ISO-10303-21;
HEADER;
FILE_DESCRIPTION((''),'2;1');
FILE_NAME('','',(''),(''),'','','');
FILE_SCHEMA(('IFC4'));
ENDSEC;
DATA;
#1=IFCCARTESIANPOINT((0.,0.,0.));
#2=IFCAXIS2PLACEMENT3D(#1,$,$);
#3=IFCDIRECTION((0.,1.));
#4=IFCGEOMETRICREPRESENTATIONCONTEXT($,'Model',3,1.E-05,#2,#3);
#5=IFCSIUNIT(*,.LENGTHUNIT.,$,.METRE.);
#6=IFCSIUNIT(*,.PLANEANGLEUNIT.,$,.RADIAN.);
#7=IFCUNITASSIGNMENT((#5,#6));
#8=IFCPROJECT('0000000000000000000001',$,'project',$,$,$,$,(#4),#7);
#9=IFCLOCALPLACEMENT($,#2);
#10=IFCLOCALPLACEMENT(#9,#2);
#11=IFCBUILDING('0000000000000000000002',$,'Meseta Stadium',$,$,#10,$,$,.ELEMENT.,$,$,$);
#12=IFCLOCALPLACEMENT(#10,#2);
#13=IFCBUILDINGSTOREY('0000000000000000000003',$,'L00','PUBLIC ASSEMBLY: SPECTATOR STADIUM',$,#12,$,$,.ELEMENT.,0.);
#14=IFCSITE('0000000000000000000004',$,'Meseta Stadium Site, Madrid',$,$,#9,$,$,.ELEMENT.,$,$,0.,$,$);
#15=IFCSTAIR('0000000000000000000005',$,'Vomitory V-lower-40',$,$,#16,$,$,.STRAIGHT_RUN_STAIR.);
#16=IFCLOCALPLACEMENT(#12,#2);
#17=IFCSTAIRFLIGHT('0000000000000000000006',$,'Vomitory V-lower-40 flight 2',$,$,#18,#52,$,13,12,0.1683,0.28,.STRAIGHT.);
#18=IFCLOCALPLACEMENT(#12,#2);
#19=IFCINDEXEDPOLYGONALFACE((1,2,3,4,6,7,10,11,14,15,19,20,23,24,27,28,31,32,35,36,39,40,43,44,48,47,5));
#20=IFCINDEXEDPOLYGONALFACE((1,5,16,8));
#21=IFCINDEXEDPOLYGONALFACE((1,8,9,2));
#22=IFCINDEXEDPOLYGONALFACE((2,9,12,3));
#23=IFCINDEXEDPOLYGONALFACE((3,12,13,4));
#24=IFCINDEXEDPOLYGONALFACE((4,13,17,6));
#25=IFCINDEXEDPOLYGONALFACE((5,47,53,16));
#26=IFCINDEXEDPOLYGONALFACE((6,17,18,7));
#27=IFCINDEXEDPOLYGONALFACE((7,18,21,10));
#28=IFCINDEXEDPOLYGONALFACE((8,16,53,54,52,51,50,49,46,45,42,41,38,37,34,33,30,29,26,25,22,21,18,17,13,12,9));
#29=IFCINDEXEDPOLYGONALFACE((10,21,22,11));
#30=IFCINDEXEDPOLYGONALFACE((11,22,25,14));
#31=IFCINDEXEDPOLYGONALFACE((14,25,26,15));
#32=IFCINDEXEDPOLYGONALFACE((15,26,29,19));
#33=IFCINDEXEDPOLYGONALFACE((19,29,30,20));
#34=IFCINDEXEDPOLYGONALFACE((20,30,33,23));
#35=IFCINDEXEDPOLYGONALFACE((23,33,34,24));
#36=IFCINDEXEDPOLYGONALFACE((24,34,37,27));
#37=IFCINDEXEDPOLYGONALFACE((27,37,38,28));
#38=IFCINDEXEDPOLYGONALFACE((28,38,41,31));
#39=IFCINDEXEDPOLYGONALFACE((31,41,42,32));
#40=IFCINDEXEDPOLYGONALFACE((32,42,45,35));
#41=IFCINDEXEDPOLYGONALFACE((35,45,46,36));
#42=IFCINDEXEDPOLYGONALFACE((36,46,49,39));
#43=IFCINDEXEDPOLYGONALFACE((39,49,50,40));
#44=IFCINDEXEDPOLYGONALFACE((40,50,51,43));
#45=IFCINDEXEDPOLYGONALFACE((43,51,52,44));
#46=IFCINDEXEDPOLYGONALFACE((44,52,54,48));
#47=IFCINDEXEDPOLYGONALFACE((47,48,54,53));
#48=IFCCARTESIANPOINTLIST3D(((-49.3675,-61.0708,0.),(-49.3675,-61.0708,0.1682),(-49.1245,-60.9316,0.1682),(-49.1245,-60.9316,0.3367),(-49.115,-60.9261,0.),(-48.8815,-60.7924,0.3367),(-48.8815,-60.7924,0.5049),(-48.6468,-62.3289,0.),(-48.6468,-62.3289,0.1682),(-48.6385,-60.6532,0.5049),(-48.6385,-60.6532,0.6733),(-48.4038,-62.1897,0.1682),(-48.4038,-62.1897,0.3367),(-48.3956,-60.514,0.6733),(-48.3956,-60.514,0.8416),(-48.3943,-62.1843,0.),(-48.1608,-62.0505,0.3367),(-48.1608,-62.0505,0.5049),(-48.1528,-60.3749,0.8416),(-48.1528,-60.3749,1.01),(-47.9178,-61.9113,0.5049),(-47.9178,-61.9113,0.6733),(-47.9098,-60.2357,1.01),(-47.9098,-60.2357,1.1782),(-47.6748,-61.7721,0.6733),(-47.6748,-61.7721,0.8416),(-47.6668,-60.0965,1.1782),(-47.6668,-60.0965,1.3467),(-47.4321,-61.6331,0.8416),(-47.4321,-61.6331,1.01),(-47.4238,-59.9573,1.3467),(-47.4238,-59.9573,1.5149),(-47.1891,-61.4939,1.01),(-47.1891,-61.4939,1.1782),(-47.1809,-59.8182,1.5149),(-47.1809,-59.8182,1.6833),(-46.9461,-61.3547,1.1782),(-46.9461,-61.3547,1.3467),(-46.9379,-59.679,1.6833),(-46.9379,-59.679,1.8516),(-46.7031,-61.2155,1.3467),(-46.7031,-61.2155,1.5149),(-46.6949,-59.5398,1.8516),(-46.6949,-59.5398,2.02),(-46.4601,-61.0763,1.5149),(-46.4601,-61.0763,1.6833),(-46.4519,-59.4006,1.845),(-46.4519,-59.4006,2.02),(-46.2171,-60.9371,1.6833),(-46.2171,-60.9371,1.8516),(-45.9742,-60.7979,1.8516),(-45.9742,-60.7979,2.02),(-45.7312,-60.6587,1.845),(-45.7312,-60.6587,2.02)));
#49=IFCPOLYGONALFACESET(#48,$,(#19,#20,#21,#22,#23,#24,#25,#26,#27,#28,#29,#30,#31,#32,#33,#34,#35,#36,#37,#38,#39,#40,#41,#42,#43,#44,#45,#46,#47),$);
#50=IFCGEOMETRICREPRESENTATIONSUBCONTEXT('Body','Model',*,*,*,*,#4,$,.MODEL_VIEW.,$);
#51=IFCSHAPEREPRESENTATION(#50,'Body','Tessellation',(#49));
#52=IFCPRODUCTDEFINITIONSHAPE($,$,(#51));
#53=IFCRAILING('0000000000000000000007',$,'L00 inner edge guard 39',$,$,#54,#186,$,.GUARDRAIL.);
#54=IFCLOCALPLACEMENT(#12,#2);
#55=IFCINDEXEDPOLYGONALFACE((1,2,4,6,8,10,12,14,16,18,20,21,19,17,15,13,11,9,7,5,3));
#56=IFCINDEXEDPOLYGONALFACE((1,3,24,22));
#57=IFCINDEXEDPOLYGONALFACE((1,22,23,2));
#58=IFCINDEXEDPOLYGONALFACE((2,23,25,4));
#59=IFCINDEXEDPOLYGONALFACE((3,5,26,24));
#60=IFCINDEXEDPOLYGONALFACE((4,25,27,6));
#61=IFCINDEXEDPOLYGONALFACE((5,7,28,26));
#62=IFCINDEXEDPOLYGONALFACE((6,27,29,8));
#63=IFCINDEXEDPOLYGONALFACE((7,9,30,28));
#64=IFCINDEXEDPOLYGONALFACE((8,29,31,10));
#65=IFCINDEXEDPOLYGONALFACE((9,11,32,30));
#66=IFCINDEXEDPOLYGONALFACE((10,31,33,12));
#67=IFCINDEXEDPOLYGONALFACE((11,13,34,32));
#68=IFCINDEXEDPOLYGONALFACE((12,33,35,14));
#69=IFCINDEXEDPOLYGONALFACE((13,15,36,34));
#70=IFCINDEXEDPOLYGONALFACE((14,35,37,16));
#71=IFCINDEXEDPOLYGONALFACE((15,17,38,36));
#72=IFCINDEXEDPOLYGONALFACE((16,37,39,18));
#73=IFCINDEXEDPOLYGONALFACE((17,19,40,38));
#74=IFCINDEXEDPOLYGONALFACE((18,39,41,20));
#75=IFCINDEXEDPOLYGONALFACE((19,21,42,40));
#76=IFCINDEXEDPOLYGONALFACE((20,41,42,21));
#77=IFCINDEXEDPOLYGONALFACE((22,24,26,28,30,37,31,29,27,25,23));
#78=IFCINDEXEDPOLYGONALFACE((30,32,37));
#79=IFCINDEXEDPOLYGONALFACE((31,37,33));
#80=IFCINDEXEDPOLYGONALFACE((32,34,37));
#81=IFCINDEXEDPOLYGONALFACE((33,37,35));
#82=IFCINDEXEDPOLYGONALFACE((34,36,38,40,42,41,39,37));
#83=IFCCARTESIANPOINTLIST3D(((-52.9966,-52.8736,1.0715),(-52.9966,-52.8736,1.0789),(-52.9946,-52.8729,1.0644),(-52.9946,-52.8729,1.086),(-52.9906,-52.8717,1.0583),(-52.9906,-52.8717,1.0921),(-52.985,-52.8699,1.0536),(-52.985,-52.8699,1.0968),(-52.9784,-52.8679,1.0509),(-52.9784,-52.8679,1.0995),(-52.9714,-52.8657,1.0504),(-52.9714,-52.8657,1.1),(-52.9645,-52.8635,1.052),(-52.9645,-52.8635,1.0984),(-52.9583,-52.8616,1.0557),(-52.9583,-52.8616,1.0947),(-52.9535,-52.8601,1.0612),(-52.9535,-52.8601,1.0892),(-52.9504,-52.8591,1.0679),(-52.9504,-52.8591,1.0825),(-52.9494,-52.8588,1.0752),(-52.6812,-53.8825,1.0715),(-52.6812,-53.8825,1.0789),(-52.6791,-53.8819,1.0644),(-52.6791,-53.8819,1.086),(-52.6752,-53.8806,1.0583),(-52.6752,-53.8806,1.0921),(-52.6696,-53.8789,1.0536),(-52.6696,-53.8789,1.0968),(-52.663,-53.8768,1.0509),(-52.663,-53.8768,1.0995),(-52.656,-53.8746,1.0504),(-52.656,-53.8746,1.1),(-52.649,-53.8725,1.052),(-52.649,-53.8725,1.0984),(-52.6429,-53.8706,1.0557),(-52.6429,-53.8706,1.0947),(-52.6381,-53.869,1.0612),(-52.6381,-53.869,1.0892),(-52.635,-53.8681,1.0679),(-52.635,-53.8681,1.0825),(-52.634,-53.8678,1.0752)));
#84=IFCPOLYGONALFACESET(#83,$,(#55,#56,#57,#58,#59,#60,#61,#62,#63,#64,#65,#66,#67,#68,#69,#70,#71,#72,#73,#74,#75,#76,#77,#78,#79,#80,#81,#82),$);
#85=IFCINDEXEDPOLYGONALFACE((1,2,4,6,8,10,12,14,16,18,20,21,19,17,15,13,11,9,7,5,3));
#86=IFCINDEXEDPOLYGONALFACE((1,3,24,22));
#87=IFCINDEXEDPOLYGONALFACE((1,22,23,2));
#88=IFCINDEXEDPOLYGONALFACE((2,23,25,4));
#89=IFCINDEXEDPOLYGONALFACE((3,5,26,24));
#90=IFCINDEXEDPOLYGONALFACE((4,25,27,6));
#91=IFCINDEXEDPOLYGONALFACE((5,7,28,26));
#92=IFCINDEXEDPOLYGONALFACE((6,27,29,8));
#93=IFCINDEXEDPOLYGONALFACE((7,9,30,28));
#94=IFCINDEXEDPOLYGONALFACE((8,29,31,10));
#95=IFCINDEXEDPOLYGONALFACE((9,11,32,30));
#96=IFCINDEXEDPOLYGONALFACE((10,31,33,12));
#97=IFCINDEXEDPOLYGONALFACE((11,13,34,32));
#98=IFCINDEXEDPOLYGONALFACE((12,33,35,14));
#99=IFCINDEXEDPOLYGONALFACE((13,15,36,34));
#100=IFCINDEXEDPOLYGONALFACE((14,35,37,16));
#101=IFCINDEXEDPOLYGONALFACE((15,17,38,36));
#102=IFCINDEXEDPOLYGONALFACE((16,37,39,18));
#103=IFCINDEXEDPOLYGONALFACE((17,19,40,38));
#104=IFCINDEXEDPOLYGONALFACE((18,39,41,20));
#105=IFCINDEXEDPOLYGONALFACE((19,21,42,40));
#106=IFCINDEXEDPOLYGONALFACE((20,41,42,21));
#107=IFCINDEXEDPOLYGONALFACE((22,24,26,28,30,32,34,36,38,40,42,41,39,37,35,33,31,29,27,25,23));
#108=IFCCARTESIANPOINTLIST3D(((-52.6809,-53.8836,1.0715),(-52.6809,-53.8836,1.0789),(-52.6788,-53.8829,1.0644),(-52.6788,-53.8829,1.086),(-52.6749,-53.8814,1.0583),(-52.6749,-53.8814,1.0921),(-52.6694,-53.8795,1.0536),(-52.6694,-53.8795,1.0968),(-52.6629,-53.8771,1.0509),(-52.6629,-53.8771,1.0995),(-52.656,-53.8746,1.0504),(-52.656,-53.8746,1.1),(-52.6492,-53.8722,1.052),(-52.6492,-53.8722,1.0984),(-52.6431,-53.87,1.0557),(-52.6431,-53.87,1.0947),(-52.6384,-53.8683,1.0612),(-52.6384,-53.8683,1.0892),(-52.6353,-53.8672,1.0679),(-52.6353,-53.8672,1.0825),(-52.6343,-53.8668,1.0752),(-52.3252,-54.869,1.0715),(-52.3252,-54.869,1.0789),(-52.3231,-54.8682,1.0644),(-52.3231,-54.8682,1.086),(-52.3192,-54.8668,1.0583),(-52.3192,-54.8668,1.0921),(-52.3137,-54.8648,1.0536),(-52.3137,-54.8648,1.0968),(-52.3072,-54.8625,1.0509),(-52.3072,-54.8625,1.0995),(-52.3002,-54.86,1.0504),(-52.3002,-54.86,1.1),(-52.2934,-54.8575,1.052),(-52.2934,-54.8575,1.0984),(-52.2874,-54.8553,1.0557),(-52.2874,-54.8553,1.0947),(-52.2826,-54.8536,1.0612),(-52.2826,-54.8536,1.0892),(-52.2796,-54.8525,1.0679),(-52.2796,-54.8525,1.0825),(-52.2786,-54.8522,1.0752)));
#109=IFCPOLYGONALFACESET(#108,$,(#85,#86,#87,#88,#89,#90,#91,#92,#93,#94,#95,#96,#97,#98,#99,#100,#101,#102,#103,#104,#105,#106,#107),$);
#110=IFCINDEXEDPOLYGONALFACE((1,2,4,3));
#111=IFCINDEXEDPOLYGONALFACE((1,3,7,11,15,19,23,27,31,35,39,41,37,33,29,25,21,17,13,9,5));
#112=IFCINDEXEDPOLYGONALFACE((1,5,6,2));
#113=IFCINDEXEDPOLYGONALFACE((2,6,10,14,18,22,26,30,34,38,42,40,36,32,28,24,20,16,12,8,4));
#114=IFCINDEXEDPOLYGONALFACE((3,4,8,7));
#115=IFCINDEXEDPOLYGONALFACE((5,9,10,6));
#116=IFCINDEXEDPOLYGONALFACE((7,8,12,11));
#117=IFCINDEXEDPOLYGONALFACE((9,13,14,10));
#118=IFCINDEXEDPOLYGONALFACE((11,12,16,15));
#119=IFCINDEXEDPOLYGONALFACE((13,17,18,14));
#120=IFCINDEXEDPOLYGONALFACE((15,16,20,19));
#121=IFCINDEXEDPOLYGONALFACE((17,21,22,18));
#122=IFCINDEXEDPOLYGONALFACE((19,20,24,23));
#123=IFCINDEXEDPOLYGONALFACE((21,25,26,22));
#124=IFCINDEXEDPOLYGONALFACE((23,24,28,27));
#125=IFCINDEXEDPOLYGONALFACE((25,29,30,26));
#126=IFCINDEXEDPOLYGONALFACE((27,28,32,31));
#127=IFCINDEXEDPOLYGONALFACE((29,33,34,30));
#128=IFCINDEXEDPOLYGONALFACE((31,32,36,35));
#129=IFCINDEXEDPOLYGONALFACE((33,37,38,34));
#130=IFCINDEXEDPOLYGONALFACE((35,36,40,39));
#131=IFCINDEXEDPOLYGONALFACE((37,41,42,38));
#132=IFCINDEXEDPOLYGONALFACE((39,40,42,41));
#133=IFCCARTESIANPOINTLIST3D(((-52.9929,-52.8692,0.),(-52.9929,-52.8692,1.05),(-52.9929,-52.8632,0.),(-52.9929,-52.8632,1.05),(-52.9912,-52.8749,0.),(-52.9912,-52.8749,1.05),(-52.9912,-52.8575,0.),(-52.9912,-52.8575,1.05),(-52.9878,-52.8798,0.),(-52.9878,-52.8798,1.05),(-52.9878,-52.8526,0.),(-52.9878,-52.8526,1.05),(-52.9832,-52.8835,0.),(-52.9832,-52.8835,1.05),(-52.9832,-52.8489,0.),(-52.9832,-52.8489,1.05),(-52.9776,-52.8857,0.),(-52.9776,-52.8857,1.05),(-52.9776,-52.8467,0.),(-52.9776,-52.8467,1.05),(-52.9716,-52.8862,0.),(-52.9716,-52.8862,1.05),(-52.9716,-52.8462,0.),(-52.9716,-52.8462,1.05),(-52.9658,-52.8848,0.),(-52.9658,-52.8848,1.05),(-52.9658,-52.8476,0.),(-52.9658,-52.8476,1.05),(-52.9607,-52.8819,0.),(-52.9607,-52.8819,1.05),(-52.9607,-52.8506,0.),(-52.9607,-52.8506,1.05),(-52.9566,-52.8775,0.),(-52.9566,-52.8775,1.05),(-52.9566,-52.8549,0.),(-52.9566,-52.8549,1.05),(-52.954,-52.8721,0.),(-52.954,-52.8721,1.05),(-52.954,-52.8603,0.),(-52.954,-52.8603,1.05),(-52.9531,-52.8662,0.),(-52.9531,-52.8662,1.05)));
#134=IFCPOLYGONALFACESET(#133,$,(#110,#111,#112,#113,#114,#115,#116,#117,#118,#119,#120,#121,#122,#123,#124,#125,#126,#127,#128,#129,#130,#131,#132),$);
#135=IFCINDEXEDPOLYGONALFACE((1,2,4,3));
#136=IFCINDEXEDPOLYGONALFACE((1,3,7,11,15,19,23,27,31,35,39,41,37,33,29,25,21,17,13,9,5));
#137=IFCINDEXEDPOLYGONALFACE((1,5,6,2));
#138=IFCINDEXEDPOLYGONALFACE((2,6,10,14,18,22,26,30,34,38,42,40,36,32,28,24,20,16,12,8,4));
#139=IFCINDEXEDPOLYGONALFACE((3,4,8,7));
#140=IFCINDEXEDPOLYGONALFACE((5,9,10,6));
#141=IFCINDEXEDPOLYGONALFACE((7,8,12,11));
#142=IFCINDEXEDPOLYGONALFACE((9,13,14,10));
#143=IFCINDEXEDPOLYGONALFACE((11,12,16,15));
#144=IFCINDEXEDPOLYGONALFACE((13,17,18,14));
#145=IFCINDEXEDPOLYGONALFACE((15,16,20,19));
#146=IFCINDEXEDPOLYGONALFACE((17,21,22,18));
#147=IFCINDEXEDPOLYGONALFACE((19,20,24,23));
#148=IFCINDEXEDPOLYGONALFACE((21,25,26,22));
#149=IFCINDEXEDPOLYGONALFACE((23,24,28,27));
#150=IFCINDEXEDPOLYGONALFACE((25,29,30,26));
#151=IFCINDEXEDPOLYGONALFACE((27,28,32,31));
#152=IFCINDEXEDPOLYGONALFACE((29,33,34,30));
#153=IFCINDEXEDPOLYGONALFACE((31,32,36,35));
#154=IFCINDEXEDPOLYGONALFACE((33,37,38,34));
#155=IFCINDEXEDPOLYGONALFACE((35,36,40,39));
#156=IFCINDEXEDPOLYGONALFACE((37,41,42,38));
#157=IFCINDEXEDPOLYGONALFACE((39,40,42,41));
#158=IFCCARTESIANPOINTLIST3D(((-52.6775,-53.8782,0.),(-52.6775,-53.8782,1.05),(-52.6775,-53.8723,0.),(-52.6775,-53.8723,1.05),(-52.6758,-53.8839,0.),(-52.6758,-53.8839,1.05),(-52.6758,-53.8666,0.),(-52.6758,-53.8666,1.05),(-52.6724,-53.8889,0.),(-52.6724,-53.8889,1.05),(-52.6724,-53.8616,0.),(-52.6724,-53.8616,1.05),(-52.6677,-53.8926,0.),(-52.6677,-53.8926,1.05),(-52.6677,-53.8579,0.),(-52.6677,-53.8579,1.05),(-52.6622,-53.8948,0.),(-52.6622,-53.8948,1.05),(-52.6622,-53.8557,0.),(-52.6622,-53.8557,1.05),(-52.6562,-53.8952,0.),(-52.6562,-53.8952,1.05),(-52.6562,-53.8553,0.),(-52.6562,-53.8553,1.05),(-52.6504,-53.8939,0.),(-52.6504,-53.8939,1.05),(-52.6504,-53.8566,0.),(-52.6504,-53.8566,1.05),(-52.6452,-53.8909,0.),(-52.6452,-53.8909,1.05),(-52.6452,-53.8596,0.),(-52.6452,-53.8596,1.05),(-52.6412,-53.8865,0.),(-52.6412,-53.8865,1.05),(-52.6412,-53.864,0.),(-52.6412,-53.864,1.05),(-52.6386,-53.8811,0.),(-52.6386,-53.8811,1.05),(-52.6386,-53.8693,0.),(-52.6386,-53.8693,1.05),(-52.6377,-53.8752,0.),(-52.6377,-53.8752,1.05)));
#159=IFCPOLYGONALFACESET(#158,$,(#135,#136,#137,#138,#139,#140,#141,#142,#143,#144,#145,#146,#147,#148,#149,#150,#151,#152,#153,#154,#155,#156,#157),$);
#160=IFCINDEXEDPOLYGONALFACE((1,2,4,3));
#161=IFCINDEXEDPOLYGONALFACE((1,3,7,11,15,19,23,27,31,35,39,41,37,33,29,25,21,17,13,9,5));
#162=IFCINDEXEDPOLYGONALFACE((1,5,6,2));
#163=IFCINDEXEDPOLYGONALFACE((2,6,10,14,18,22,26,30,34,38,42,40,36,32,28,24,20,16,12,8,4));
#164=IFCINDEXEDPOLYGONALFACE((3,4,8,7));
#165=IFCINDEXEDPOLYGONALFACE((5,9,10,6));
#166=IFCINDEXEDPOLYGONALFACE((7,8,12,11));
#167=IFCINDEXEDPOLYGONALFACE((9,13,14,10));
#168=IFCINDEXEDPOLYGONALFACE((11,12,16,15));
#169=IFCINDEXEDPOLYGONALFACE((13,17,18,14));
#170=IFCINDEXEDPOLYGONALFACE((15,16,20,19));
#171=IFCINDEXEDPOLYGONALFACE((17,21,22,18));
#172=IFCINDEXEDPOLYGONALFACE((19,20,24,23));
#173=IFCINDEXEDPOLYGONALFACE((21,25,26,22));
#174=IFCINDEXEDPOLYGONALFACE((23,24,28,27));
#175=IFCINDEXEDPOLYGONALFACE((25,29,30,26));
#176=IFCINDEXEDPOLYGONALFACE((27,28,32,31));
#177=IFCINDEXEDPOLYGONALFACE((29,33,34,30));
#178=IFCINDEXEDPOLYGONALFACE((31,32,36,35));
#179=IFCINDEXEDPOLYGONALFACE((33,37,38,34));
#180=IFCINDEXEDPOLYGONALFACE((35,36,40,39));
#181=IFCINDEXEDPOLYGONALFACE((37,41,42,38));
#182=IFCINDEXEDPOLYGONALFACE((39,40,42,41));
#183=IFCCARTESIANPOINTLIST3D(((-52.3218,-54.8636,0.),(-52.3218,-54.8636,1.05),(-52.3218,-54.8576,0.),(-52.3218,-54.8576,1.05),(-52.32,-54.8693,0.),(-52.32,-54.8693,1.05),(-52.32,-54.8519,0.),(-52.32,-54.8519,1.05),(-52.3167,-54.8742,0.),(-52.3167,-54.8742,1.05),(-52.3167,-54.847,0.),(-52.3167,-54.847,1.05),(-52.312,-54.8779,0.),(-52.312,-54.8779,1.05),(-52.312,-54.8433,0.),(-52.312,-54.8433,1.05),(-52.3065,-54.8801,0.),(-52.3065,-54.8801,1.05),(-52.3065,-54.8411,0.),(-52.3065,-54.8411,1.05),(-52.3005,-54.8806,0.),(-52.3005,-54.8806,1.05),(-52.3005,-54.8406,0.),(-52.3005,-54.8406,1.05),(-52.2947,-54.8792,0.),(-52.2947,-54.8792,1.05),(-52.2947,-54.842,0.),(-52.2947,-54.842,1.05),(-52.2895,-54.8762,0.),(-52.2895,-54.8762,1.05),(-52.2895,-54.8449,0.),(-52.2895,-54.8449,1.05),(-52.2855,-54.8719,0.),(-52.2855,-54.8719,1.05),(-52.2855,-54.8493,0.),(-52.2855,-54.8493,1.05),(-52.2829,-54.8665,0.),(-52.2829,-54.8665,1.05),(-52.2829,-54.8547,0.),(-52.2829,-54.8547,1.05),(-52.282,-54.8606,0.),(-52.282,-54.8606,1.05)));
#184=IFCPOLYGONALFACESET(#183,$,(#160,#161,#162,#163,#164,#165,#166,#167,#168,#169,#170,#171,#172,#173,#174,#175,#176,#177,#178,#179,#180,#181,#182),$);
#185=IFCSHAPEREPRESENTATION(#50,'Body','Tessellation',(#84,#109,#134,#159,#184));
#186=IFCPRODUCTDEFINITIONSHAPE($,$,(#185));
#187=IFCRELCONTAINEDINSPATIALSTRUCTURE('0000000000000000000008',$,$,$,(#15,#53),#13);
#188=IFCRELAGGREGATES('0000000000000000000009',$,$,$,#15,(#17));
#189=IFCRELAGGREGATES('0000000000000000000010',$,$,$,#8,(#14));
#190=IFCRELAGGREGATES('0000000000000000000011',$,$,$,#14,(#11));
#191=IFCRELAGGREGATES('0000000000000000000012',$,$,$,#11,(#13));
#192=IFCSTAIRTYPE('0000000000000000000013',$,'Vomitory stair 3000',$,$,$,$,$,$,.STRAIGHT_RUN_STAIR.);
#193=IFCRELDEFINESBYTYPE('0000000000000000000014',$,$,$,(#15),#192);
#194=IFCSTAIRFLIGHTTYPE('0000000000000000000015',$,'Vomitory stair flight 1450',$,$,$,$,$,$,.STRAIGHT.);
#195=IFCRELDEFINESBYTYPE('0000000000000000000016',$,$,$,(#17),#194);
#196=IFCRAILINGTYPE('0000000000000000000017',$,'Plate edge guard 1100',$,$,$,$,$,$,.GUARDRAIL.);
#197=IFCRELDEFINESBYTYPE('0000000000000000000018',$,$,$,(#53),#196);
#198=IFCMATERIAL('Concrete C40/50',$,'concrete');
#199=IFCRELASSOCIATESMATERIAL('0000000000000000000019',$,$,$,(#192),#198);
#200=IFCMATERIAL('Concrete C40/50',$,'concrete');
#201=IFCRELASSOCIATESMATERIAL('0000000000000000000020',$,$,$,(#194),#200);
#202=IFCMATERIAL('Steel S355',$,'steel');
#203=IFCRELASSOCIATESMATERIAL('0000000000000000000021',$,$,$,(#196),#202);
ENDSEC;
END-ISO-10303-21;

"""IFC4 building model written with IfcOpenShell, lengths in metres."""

from ifc_helpers import new_model, si_unit, direction, frame, origin, origin_2d, place, context, subcontext, project, spatial, polyline, circle, outline, extrude, material, type_object, element, aggregate, save


model = new_model("IFC4")

# Units and contexts
model_context = context("Model", 3, precision=1e-05, world=origin(), true_north=direction((0.0, 1.0)))
body_context = subcontext(model_context, "Body", "Model", "MODEL_VIEW")
ifc_project = project(units=[si_unit("LENGTHUNIT", "METRE"), si_unit("PLANEANGLEUNIT", "RADIAN")], contexts=[model_context])

# Site, building, storey
site_placement = place(None, origin())
site = spatial("IfcSite", under=ifc_project, at=site_placement, Name="Meseta Stadium Site, Madrid", CompositionType="ELEMENT", RefElevation=0.0)
building_placement = place(site_placement, origin())
building = spatial("IfcBuilding", under=site, at=building_placement, Name="Meseta Stadium", CompositionType="ELEMENT")
storey_placement = place(building_placement, origin())
storey = spatial("IfcBuildingStorey", under=building, at=storey_placement, Name="L00", Description="PUBLIC ASSEMBLY: SPECTATOR STADIUM", CompositionType="ELEMENT", Elevation=0.0)

# Shared definitions
ifc_material_1 = material(Name="Concrete C40/50", Category="concrete")
stair_type = type_object("IfcStairType", Name="Vomitory stair 3000", PredefinedType="STRAIGHT_RUN_STAIR", material=ifc_material_1)
ifc_material_2 = material(Name="Concrete C40/50", Category="concrete")
stair_flight_type = type_object("IfcStairFlightType", Name="Vomitory stair flight 1450", PredefinedType="STRAIGHT", material=ifc_material_2)

# Stair, stair flight
stair_1_placement = place(storey_placement, origin())
stair_1 = element("IfcStair", 1, at=stair_1_placement, inside=storey, type_object=stair_type, Name="Vomitory V-lower-40", PredefinedType="STRAIGHT_RUN_STAIR")
stair_flight_1_placement = place(storey_placement, frame((-49.0071, -61.7, 0.0), z_axis=(0.0, 0.0, 1.0), x_axis=(0.867712, 0.497068, 0.0)))
stair_flight_1 = element("IfcStairFlight", 2, at=stair_flight_1_placement, type_object=stair_flight_type, Name="Vomitory V-lower-40 flight 2", NumberOfRisers=13, NumberOfTreads=12, PredefinedType="STRAIGHT", RiserHeight=0.1683, TreadLength=0.28, context=body_context, shape_type="SweptSolid", body=[
    extrude(outline(polyline([(0.0, 0.0), (0.0, 0.1682), (0.28, 0.1682), (0.28, 0.3367), (0.5601, 0.3367), (0.5601, 0.5049), (0.8401, 0.5049), (0.8401, 0.6733), (1.1201, 0.6733), (1.1201, 0.8416), (1.3999, 0.8416), (1.3999, 1.01), (1.6799, 1.01), (1.6799, 1.1782), (1.96, 1.1782), (1.96, 1.3467), (2.24, 1.3467), (2.24, 1.5149), (2.52, 1.5149), (2.52, 1.6833), (2.8, 1.6833), (2.8, 1.8516), (3.0801, 1.8516), (3.0801, 2.02), (3.3601, 2.02), (3.3601, 1.845), (0.291, 0.0), (0.0, 0.0)])), frame((0.0, 0.7251, 0.0), z_axis=(0.0, -1.0, 0.0), x_axis=(1.0, 0.0, 0.0)), (0.0, 0.0, 1.0), 1.45),
])
aggregate(stair_1, [stair_flight_1])

# Railing
ifc_material_3 = material(Name="Steel S355", Category="steel")
railing_type_1 = type_object("IfcRailingType", Name="Plate edge guard 1100", PredefinedType="GUARDRAIL", material=ifc_material_3)
railing_1_placement = place(storey_placement, frame((-52.9731, -52.8662, 0.0)))
element("IfcRailing", 3, at=railing_1_placement, inside=storey, type_object=railing_type_1, Name="L00 inner edge guard 39", PredefinedType="GUARDRAIL", context=body_context, shape_type="SweptSolid", body=[
    extrude(circle(Radius=0.0249, at=origin_2d()), frame((0.0, 0.0, 1.0752), z_axis=(0.298367, -0.954451, 0.0), x_axis=(0.954451, 0.298367, 0.0)), (0.0, 0.0, 1.0), 1.0571),
    extrude(circle(Radius=0.0249, at=origin_2d()), frame((0.3154, -1.009, 1.0752), z_axis=(0.339553, -0.940587, 0.0), x_axis=(0.940587, 0.339553, 0.0)), (0.0, 0.0, 1.0), 1.0476),
    extrude(circle(Radius=0.02, at=origin_2d()), origin(), (0.0, 0.0, 1.0), 1.05),
    extrude(circle(Radius=0.02, at=origin_2d()), frame((0.3154, -1.009, 0.0)), (0.0, 0.0, 1.0), 1.05),
    extrude(circle(Radius=0.02, at=origin_2d()), frame((0.6711, -1.9944, 0.0)), (0.0, 0.0, 1.0), 1.05),
])

save(model, "model.ifc")
